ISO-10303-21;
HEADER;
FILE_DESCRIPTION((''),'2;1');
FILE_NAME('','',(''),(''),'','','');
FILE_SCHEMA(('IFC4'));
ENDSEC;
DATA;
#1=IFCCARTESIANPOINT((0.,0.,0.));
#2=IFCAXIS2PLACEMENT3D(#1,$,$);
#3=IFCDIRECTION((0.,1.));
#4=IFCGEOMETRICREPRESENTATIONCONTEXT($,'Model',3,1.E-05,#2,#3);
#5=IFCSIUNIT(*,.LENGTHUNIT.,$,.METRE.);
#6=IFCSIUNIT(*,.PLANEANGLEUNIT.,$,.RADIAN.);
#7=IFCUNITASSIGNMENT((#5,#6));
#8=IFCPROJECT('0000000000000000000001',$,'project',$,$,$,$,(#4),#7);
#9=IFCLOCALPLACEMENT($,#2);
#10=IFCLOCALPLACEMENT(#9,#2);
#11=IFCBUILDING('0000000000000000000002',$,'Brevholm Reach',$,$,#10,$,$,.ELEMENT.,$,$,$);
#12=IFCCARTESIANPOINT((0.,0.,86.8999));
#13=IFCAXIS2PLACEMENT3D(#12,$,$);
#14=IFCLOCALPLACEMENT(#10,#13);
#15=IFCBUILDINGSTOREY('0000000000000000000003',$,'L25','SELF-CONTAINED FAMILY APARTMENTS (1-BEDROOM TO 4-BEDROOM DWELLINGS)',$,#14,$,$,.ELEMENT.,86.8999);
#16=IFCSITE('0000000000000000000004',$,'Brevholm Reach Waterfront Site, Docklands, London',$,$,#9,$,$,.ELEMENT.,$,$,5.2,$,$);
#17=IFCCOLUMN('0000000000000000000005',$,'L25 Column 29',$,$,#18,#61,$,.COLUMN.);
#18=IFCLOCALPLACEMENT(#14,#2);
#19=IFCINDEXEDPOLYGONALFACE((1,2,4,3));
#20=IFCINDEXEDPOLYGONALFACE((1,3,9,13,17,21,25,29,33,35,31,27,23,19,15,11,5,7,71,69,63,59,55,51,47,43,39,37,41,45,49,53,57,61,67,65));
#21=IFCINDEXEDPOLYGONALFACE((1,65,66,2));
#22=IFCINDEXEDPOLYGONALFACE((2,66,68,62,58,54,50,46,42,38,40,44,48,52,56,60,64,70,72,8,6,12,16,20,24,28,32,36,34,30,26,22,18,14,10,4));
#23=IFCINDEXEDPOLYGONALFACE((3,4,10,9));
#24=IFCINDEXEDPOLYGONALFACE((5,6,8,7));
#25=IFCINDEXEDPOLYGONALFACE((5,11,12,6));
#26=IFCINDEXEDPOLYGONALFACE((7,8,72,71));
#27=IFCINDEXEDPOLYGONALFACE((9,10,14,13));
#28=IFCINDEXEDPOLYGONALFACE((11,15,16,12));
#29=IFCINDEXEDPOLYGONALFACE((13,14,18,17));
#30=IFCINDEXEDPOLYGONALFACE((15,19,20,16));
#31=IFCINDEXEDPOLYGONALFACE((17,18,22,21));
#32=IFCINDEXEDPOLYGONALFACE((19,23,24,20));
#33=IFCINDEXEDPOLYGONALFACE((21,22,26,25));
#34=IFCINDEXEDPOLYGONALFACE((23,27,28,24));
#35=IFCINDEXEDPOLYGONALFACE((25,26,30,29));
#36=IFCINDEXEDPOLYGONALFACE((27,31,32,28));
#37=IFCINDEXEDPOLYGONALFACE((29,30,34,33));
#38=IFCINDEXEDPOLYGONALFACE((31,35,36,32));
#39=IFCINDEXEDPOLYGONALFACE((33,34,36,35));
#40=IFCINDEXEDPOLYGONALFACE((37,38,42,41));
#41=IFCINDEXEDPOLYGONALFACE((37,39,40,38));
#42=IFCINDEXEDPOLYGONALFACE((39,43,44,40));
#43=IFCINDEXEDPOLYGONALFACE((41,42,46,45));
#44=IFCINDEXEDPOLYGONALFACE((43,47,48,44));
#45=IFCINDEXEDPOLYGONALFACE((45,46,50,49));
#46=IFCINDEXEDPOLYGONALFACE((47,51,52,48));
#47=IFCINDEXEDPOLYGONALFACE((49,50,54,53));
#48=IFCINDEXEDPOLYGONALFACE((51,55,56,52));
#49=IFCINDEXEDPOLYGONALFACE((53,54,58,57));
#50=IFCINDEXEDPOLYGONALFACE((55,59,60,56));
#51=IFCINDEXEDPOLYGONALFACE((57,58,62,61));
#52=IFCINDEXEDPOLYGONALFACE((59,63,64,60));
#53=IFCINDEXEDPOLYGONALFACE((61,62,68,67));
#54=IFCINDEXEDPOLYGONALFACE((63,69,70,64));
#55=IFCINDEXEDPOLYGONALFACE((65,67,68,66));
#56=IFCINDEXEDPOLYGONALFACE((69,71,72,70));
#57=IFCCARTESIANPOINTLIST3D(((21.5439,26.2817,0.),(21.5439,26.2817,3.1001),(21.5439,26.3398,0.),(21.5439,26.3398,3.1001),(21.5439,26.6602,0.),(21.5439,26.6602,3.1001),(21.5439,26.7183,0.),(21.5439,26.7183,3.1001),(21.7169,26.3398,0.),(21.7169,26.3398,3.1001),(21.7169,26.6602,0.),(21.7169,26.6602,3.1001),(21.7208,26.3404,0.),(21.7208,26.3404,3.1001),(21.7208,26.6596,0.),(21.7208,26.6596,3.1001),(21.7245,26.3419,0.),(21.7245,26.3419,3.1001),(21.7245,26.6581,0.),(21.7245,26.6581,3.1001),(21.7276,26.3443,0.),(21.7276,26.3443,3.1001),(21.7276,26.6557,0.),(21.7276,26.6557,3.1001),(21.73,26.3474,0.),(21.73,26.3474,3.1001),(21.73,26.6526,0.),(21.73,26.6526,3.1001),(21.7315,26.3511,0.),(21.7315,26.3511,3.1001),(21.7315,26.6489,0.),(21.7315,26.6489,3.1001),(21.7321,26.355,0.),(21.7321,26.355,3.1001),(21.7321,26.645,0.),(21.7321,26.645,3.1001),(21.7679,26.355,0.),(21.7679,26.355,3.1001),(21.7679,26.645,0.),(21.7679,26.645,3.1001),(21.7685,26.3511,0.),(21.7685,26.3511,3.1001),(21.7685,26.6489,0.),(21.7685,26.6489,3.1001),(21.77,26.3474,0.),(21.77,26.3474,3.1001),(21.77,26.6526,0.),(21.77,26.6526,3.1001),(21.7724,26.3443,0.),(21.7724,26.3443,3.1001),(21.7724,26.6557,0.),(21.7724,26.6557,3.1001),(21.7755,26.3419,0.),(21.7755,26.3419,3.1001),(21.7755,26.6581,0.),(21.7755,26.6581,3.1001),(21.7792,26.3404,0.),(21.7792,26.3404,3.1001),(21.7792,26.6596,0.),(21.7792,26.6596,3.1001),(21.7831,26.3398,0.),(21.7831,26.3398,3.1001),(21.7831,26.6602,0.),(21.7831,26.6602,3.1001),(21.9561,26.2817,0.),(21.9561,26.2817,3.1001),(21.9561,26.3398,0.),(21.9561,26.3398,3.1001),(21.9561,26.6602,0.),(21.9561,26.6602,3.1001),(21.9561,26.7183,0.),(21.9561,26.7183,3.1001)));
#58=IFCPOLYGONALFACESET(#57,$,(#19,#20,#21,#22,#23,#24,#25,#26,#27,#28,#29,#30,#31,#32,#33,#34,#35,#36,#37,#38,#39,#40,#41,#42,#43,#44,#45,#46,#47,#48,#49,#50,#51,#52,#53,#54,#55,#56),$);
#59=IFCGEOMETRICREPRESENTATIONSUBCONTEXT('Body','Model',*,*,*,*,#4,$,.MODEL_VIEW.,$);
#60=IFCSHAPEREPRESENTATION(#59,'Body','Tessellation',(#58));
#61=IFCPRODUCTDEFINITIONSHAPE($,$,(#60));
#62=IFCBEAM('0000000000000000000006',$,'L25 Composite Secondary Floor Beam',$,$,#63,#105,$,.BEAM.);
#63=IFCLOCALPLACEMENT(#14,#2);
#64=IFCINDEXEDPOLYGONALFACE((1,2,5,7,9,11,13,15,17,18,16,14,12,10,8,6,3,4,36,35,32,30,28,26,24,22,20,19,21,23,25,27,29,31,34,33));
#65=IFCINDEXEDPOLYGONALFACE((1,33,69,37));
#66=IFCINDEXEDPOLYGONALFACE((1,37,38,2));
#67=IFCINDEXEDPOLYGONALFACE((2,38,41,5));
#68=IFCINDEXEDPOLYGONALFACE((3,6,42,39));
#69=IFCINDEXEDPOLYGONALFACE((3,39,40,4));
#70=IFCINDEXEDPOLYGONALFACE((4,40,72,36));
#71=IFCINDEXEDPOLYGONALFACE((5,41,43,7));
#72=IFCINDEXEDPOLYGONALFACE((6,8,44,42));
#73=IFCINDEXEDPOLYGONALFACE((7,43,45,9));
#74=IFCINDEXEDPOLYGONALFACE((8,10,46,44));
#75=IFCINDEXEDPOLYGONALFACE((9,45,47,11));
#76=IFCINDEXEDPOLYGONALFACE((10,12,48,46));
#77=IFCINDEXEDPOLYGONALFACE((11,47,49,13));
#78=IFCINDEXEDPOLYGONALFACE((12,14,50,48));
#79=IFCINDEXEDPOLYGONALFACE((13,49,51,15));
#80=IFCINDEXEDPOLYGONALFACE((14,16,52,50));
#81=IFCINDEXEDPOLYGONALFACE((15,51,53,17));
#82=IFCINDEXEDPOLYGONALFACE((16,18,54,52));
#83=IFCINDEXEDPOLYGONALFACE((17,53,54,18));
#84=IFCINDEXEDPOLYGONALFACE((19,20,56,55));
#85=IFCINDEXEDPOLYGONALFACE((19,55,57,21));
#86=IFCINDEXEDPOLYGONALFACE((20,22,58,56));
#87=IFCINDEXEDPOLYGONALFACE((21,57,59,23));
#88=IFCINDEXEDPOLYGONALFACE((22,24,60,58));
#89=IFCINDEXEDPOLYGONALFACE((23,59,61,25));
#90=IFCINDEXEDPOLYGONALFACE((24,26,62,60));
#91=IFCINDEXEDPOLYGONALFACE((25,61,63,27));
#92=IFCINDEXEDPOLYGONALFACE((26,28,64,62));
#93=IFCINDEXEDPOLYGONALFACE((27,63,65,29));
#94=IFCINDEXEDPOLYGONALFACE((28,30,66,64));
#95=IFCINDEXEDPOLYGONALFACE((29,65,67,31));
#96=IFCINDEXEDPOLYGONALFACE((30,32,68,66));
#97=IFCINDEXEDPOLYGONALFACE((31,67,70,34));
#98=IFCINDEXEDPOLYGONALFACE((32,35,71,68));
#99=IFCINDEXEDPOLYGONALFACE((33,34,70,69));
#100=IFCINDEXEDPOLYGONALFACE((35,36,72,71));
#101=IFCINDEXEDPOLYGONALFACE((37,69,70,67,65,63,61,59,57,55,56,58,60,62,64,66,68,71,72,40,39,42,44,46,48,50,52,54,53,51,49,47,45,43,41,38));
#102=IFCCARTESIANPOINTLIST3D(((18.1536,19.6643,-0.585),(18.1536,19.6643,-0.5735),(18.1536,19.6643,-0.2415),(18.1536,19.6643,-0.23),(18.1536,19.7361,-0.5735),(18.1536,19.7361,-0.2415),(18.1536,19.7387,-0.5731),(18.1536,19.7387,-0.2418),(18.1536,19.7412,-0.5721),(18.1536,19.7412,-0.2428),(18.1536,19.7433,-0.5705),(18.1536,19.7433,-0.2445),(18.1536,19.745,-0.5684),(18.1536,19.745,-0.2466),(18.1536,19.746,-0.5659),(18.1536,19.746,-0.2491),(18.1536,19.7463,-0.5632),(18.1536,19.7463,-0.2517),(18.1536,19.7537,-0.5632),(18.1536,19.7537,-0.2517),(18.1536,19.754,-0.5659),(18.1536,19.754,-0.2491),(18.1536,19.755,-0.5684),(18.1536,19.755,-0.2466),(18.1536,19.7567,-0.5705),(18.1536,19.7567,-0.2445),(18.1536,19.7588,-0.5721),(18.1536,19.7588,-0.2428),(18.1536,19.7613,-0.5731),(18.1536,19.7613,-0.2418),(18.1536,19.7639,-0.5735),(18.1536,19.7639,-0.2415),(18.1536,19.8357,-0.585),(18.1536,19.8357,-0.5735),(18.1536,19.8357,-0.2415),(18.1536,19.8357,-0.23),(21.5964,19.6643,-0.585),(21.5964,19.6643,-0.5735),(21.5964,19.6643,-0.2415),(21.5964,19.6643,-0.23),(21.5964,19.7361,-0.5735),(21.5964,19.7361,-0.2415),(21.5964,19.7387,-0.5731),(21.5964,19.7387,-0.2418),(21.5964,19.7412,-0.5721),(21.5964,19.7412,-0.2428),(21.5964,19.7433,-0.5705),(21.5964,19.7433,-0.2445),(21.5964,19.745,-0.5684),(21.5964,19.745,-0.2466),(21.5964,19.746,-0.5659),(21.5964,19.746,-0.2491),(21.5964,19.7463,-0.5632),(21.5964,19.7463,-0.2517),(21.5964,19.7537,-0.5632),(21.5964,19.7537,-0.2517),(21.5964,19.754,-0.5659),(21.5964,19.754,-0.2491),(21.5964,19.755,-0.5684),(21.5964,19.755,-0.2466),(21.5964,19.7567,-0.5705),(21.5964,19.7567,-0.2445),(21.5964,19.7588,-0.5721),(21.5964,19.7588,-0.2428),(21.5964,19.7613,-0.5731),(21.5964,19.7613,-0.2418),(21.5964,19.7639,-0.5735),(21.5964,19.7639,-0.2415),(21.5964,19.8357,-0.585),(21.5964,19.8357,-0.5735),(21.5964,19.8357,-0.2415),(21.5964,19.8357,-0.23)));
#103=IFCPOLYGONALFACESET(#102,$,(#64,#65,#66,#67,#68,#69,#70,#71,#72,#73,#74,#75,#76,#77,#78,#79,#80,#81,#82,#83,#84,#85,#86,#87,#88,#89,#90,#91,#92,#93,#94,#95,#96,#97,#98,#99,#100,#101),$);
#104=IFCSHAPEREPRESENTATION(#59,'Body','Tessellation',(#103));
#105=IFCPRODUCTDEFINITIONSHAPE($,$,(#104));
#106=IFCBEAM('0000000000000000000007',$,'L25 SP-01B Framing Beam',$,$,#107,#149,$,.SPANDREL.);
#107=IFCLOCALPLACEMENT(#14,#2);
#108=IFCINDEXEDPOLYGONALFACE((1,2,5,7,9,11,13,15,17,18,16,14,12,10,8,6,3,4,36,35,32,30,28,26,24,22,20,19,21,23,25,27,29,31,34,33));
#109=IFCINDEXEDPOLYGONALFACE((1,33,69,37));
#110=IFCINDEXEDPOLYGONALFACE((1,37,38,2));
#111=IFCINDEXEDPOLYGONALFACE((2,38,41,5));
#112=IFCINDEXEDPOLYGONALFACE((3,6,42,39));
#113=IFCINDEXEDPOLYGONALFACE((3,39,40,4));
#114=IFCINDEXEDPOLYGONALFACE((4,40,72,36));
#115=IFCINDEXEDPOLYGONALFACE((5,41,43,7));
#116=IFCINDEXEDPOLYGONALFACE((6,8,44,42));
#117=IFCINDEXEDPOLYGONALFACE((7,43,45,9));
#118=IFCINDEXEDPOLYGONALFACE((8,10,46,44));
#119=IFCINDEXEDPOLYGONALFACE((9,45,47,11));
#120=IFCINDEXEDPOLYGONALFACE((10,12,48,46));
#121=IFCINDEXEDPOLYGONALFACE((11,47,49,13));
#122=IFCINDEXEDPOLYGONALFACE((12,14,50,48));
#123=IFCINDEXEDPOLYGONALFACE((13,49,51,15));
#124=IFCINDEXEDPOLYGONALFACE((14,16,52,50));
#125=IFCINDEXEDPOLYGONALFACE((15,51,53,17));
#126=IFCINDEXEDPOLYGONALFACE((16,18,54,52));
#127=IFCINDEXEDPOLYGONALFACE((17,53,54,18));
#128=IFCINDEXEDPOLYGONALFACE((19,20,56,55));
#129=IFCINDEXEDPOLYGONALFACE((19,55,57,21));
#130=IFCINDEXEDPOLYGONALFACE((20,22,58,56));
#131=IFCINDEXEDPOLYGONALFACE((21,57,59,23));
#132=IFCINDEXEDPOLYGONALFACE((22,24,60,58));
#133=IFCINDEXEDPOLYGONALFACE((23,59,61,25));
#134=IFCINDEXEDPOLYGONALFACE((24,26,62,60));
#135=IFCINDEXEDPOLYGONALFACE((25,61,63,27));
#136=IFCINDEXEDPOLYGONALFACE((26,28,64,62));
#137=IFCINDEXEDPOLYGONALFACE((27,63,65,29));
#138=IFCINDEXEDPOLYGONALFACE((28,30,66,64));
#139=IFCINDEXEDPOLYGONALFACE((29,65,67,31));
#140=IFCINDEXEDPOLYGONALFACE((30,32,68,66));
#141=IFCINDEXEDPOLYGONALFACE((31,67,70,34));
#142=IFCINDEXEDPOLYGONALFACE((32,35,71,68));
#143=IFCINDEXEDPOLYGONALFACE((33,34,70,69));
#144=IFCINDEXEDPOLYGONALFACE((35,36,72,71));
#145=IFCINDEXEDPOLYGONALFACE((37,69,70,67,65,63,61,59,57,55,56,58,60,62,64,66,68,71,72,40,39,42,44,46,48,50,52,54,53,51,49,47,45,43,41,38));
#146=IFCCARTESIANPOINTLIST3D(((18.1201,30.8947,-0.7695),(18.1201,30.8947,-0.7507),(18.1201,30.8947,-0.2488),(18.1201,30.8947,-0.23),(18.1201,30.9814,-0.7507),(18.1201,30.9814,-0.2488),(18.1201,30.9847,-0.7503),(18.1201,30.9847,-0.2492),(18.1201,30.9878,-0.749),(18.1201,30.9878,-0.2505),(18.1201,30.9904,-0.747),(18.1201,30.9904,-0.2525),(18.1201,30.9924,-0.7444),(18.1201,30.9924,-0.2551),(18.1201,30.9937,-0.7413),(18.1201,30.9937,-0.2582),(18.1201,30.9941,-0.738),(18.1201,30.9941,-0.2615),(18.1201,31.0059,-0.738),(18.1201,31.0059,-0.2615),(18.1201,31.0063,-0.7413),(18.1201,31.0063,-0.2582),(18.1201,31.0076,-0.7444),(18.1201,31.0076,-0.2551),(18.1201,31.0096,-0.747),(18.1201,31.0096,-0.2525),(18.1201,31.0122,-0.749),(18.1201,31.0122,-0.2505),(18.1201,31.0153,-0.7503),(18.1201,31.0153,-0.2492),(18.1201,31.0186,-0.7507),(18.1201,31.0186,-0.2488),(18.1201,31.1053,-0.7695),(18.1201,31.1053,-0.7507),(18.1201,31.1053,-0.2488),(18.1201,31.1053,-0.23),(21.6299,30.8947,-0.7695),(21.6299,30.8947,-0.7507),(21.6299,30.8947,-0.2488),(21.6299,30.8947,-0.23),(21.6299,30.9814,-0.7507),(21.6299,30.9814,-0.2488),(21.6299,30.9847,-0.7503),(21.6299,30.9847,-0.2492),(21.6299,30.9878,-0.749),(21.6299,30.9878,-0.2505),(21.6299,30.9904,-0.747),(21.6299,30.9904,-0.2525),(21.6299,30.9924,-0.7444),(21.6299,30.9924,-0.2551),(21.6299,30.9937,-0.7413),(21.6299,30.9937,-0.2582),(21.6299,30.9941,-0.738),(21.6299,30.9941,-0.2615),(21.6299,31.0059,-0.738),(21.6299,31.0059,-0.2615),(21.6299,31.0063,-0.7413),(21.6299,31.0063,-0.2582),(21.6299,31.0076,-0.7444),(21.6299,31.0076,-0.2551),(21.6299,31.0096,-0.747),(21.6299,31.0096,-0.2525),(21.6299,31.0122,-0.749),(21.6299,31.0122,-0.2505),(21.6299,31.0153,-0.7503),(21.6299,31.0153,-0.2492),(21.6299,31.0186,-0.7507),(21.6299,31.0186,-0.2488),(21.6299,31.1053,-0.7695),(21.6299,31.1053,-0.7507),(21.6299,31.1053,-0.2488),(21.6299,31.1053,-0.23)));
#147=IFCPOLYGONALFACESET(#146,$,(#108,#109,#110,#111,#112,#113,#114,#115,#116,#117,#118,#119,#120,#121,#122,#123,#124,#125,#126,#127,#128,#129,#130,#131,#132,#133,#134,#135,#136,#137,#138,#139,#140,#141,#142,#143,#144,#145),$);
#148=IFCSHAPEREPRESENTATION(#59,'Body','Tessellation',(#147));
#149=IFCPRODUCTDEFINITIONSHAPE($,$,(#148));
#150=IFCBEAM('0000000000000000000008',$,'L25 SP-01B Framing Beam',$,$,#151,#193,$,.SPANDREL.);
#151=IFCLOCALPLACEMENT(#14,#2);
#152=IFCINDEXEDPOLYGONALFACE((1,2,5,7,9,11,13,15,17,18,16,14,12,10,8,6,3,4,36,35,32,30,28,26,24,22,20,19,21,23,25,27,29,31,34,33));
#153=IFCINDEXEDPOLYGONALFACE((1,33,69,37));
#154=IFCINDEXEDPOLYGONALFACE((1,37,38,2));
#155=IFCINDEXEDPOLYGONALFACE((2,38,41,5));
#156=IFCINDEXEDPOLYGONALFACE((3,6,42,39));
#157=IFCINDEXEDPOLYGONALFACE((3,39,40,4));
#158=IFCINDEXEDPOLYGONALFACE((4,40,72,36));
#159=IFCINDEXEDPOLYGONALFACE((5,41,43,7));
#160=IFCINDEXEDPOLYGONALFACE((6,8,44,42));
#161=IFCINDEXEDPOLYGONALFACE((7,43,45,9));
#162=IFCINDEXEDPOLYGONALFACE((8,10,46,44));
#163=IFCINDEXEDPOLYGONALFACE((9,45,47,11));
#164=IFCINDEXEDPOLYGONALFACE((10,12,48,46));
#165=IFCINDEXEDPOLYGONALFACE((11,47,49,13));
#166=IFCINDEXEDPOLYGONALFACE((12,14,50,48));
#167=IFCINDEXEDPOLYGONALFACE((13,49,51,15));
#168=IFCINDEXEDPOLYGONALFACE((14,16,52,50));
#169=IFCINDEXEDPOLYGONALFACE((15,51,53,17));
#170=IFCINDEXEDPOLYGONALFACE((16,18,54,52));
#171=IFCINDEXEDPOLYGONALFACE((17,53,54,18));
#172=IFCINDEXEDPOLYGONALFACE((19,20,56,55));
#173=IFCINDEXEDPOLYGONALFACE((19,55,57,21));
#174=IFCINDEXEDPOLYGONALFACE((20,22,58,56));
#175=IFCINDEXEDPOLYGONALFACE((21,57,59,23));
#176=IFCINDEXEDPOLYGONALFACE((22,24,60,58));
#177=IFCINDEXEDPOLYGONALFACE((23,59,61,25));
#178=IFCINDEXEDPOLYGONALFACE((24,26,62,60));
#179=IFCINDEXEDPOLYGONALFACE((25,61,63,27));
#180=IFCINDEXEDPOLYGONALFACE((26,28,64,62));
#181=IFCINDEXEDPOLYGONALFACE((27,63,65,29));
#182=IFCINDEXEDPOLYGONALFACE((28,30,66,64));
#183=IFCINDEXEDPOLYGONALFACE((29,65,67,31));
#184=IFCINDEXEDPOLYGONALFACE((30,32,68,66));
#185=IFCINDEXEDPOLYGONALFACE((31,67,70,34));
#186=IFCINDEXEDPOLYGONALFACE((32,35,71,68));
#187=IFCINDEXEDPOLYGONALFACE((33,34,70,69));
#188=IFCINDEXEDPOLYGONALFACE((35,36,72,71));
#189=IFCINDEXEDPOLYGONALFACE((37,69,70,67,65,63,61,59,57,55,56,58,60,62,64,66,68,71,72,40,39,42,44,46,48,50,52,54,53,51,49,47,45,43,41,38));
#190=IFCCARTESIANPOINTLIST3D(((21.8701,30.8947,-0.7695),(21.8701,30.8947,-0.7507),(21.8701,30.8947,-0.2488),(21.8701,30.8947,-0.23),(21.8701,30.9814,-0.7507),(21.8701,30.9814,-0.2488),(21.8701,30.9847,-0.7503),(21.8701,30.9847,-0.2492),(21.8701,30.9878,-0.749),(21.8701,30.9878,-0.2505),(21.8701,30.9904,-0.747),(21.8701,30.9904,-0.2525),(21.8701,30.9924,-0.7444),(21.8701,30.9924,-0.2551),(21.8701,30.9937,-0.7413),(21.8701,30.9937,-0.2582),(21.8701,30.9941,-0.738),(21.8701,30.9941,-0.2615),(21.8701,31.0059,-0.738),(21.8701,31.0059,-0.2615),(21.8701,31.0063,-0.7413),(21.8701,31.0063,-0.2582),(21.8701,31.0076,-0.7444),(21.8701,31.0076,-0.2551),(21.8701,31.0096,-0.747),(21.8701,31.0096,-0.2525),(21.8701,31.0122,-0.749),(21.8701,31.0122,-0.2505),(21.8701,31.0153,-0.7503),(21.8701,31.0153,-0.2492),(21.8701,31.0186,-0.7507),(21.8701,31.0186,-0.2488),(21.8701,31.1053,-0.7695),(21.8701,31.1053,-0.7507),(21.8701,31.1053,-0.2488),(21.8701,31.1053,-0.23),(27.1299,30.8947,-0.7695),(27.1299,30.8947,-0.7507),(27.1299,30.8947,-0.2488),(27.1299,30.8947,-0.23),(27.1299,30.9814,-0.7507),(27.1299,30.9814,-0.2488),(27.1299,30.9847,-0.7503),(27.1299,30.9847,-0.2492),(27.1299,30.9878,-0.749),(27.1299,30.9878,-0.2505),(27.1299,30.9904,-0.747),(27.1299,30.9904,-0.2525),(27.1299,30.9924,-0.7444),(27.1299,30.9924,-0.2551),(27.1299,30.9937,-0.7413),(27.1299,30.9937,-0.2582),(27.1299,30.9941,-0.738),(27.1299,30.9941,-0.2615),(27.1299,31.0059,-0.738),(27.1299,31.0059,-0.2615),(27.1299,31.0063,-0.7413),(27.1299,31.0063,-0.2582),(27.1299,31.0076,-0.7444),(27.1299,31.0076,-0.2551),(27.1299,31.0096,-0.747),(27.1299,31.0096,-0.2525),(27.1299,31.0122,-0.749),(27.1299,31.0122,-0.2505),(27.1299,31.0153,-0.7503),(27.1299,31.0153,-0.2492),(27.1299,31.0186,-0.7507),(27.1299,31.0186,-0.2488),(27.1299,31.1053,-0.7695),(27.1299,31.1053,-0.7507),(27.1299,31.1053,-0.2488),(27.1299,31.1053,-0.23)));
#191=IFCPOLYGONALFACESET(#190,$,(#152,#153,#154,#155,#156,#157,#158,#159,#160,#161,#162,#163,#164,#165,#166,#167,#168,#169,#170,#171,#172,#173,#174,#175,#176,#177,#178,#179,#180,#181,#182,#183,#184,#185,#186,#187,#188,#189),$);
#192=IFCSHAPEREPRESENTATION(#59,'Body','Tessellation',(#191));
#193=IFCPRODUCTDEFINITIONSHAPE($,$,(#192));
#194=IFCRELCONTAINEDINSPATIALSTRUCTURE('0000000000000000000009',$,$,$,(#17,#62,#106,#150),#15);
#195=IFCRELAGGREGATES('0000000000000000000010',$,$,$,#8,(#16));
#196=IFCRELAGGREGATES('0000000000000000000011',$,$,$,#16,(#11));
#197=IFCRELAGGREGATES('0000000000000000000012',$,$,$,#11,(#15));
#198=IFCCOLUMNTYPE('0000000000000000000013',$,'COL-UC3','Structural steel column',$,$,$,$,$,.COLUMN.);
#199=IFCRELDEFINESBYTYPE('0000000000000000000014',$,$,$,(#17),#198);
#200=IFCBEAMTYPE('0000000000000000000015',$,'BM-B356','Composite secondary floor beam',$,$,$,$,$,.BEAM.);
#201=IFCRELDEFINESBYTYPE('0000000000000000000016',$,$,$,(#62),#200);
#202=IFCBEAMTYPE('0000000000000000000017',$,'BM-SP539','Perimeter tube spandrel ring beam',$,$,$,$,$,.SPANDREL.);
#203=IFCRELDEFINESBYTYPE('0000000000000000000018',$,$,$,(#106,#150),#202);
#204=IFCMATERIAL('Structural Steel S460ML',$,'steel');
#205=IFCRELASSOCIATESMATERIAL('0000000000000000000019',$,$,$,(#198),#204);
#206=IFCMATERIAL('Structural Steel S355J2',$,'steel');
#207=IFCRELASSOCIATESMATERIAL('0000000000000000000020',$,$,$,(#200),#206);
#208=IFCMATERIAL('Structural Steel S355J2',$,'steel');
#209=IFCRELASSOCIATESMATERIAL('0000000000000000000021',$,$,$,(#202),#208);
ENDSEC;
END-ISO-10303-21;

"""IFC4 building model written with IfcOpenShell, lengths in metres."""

from ifc_helpers import new_model, si_unit, direction, frame, origin, origin_2d, place, context, subcontext, project, spatial, i_section, extrude, material, material_profile, profile_set, type_object, element, save


model = new_model("IFC4")

# Units and contexts
model_context = context("Model", 3, precision=1e-05, world=origin(), true_north=direction((0.0, 1.0)))
body_context = subcontext(model_context, "Body", "Model", "MODEL_VIEW")
ifc_project = project(units=[si_unit("LENGTHUNIT", "METRE"), si_unit("PLANEANGLEUNIT", "RADIAN")], contexts=[model_context])

# Site, building, storey
site_placement = place(None, origin())
site = spatial("IfcSite", under=ifc_project, at=site_placement, Name="Brevholm Reach Waterfront Site, Docklands, London", CompositionType="ELEMENT", RefElevation=5.2)
building_placement = place(site_placement, origin())
building = spatial("IfcBuilding", under=site, at=building_placement, Name="Brevholm Reach", CompositionType="ELEMENT")
storey_placement = place(building_placement, frame((0.0, 0.0, 86.8999)))
storey = spatial("IfcBuildingStorey", under=building, at=storey_placement, Name="L25", Description="SELF-CONTAINED FAMILY APARTMENTS (1-BEDROOM TO 4-BEDROOM DWELLINGS)", CompositionType="ELEMENT", Elevation=86.8999)

# Column
ifc_material_1 = material(Name="Structural Steel S460ML", Category="steel")
ifc_material_profile_1 = material_profile(ifc_material_1, i_section(OverallWidth=0.4121, OverallDepth=0.4365, WebThickness=0.0359, FlangeThickness=0.0581, FilletRadius=0.0151, at=origin_2d()), Name="UKC 356x406x467")
ifc_profile_set_1 = profile_set([ifc_material_profile_1], Name="Structural Steel S460ML")
column_type_1 = type_object("IfcColumnType", Name="COL-UC3", Description="Structural steel column", PredefinedType="COLUMN", material=ifc_profile_set_1)
for number, where, z_axis, x_axis, name in (
    (1, (21.75, 26.5, 0.0), (0.0, 0.0, 1.0), (1.0, 0.0, 0.0), "L25 Column 29"),
):
    element("IfcColumn", number, at=place(storey_placement, frame(where, z_axis=z_axis, x_axis=x_axis)), inside=storey, type_object=column_type_1, Name=name, PredefinedType="COLUMN", context=body_context, shape_type="SweptSolid", body=[
        extrude(i_section(OverallWidth=0.4121, OverallDepth=0.4365, WebThickness=0.0359, FlangeThickness=0.0581, FilletRadius=0.0151, at=origin_2d()), origin(), (0.0, 0.0, 1.0), 3.1001),
    ])

# Beams
ifc_material_2 = material(Name="Structural Steel S355J2", Category="steel")
ifc_material_profile_2 = material_profile(ifc_material_2, i_section(OverallWidth=0.1714, OverallDepth=0.355, WebThickness=0.0073, FlangeThickness=0.0115, FilletRadius=0.0103, at=origin_2d()), Name="UKB 356x171x51")
ifc_profile_set_2 = profile_set([ifc_material_profile_2], Name="Structural Steel S355J2")
beam_type_1 = type_object("IfcBeamType", Name="BM-B356", Description="Composite secondary floor beam", PredefinedType="BEAM", material=ifc_profile_set_2)
beam_1_placement = place(storey_placement, frame((18.1536, 19.75, -0.4075), z_axis=(1.0, 0.0, 0.0), x_axis=(0.0, 1.0, 0.0)))
element("IfcBeam", 2, at=beam_1_placement, inside=storey, type_object=beam_type_1, Name="L25 Composite Secondary Floor Beam", PredefinedType="BEAM", context=body_context, shape_type="SweptSolid", body=[
    extrude(i_section(OverallWidth=0.1714, OverallDepth=0.355, WebThickness=0.0073, FlangeThickness=0.0115, FilletRadius=0.0103, at=origin_2d()), origin(), (0.0, 0.0, 1.0), 3.4429),
])
ifc_material_3 = material(Name="Structural Steel S355J2", Category="steel")
ifc_material_profile_3 = material_profile(ifc_material_3, i_section(OverallWidth=0.2107, OverallDepth=0.5396, WebThickness=0.0117, FlangeThickness=0.0188, FilletRadius=0.0127, at=origin_2d()), Name="UKB 533x210x109")
ifc_profile_set_3 = profile_set([ifc_material_profile_3], Name="Structural Steel S355J2")
beam_type_2 = type_object("IfcBeamType", Name="BM-SP539", Description="Perimeter tube spandrel ring beam", PredefinedType="SPANDREL", material=ifc_profile_set_3)
beam_2_placement = place(storey_placement, frame((18.1201, 31.0, -0.4998), z_axis=(1.0, 0.0, 0.0), x_axis=(0.0, 1.0, 0.0)))
element("IfcBeam", 3, at=beam_2_placement, inside=storey, type_object=beam_type_2, Name="L25 SP-01B Framing Beam", PredefinedType="SPANDREL", context=body_context, shape_type="SweptSolid", body=[
    extrude(i_section(OverallWidth=0.2107, OverallDepth=0.5396, WebThickness=0.0117, FlangeThickness=0.0188, FilletRadius=0.0127, at=origin_2d()), origin(), (0.0, 0.0, 1.0), 3.5098),
])
beam_3_placement = place(storey_placement, frame((21.8701, 31.0, -0.4998), z_axis=(1.0, 0.0, 0.0), x_axis=(0.0, 1.0, 0.0)))
element("IfcBeam", 4, at=beam_3_placement, inside=storey, type_object=beam_type_2, Name="L25 SP-01B Framing Beam", PredefinedType="SPANDREL", context=body_context, shape_type="SweptSolid", body=[
    extrude(i_section(OverallWidth=0.2107, OverallDepth=0.5396, WebThickness=0.0117, FlangeThickness=0.0188, FilletRadius=0.0127, at=origin_2d()), origin(), (0.0, 0.0, 1.0), 5.2598),
])

save(model, "model.ifc")
